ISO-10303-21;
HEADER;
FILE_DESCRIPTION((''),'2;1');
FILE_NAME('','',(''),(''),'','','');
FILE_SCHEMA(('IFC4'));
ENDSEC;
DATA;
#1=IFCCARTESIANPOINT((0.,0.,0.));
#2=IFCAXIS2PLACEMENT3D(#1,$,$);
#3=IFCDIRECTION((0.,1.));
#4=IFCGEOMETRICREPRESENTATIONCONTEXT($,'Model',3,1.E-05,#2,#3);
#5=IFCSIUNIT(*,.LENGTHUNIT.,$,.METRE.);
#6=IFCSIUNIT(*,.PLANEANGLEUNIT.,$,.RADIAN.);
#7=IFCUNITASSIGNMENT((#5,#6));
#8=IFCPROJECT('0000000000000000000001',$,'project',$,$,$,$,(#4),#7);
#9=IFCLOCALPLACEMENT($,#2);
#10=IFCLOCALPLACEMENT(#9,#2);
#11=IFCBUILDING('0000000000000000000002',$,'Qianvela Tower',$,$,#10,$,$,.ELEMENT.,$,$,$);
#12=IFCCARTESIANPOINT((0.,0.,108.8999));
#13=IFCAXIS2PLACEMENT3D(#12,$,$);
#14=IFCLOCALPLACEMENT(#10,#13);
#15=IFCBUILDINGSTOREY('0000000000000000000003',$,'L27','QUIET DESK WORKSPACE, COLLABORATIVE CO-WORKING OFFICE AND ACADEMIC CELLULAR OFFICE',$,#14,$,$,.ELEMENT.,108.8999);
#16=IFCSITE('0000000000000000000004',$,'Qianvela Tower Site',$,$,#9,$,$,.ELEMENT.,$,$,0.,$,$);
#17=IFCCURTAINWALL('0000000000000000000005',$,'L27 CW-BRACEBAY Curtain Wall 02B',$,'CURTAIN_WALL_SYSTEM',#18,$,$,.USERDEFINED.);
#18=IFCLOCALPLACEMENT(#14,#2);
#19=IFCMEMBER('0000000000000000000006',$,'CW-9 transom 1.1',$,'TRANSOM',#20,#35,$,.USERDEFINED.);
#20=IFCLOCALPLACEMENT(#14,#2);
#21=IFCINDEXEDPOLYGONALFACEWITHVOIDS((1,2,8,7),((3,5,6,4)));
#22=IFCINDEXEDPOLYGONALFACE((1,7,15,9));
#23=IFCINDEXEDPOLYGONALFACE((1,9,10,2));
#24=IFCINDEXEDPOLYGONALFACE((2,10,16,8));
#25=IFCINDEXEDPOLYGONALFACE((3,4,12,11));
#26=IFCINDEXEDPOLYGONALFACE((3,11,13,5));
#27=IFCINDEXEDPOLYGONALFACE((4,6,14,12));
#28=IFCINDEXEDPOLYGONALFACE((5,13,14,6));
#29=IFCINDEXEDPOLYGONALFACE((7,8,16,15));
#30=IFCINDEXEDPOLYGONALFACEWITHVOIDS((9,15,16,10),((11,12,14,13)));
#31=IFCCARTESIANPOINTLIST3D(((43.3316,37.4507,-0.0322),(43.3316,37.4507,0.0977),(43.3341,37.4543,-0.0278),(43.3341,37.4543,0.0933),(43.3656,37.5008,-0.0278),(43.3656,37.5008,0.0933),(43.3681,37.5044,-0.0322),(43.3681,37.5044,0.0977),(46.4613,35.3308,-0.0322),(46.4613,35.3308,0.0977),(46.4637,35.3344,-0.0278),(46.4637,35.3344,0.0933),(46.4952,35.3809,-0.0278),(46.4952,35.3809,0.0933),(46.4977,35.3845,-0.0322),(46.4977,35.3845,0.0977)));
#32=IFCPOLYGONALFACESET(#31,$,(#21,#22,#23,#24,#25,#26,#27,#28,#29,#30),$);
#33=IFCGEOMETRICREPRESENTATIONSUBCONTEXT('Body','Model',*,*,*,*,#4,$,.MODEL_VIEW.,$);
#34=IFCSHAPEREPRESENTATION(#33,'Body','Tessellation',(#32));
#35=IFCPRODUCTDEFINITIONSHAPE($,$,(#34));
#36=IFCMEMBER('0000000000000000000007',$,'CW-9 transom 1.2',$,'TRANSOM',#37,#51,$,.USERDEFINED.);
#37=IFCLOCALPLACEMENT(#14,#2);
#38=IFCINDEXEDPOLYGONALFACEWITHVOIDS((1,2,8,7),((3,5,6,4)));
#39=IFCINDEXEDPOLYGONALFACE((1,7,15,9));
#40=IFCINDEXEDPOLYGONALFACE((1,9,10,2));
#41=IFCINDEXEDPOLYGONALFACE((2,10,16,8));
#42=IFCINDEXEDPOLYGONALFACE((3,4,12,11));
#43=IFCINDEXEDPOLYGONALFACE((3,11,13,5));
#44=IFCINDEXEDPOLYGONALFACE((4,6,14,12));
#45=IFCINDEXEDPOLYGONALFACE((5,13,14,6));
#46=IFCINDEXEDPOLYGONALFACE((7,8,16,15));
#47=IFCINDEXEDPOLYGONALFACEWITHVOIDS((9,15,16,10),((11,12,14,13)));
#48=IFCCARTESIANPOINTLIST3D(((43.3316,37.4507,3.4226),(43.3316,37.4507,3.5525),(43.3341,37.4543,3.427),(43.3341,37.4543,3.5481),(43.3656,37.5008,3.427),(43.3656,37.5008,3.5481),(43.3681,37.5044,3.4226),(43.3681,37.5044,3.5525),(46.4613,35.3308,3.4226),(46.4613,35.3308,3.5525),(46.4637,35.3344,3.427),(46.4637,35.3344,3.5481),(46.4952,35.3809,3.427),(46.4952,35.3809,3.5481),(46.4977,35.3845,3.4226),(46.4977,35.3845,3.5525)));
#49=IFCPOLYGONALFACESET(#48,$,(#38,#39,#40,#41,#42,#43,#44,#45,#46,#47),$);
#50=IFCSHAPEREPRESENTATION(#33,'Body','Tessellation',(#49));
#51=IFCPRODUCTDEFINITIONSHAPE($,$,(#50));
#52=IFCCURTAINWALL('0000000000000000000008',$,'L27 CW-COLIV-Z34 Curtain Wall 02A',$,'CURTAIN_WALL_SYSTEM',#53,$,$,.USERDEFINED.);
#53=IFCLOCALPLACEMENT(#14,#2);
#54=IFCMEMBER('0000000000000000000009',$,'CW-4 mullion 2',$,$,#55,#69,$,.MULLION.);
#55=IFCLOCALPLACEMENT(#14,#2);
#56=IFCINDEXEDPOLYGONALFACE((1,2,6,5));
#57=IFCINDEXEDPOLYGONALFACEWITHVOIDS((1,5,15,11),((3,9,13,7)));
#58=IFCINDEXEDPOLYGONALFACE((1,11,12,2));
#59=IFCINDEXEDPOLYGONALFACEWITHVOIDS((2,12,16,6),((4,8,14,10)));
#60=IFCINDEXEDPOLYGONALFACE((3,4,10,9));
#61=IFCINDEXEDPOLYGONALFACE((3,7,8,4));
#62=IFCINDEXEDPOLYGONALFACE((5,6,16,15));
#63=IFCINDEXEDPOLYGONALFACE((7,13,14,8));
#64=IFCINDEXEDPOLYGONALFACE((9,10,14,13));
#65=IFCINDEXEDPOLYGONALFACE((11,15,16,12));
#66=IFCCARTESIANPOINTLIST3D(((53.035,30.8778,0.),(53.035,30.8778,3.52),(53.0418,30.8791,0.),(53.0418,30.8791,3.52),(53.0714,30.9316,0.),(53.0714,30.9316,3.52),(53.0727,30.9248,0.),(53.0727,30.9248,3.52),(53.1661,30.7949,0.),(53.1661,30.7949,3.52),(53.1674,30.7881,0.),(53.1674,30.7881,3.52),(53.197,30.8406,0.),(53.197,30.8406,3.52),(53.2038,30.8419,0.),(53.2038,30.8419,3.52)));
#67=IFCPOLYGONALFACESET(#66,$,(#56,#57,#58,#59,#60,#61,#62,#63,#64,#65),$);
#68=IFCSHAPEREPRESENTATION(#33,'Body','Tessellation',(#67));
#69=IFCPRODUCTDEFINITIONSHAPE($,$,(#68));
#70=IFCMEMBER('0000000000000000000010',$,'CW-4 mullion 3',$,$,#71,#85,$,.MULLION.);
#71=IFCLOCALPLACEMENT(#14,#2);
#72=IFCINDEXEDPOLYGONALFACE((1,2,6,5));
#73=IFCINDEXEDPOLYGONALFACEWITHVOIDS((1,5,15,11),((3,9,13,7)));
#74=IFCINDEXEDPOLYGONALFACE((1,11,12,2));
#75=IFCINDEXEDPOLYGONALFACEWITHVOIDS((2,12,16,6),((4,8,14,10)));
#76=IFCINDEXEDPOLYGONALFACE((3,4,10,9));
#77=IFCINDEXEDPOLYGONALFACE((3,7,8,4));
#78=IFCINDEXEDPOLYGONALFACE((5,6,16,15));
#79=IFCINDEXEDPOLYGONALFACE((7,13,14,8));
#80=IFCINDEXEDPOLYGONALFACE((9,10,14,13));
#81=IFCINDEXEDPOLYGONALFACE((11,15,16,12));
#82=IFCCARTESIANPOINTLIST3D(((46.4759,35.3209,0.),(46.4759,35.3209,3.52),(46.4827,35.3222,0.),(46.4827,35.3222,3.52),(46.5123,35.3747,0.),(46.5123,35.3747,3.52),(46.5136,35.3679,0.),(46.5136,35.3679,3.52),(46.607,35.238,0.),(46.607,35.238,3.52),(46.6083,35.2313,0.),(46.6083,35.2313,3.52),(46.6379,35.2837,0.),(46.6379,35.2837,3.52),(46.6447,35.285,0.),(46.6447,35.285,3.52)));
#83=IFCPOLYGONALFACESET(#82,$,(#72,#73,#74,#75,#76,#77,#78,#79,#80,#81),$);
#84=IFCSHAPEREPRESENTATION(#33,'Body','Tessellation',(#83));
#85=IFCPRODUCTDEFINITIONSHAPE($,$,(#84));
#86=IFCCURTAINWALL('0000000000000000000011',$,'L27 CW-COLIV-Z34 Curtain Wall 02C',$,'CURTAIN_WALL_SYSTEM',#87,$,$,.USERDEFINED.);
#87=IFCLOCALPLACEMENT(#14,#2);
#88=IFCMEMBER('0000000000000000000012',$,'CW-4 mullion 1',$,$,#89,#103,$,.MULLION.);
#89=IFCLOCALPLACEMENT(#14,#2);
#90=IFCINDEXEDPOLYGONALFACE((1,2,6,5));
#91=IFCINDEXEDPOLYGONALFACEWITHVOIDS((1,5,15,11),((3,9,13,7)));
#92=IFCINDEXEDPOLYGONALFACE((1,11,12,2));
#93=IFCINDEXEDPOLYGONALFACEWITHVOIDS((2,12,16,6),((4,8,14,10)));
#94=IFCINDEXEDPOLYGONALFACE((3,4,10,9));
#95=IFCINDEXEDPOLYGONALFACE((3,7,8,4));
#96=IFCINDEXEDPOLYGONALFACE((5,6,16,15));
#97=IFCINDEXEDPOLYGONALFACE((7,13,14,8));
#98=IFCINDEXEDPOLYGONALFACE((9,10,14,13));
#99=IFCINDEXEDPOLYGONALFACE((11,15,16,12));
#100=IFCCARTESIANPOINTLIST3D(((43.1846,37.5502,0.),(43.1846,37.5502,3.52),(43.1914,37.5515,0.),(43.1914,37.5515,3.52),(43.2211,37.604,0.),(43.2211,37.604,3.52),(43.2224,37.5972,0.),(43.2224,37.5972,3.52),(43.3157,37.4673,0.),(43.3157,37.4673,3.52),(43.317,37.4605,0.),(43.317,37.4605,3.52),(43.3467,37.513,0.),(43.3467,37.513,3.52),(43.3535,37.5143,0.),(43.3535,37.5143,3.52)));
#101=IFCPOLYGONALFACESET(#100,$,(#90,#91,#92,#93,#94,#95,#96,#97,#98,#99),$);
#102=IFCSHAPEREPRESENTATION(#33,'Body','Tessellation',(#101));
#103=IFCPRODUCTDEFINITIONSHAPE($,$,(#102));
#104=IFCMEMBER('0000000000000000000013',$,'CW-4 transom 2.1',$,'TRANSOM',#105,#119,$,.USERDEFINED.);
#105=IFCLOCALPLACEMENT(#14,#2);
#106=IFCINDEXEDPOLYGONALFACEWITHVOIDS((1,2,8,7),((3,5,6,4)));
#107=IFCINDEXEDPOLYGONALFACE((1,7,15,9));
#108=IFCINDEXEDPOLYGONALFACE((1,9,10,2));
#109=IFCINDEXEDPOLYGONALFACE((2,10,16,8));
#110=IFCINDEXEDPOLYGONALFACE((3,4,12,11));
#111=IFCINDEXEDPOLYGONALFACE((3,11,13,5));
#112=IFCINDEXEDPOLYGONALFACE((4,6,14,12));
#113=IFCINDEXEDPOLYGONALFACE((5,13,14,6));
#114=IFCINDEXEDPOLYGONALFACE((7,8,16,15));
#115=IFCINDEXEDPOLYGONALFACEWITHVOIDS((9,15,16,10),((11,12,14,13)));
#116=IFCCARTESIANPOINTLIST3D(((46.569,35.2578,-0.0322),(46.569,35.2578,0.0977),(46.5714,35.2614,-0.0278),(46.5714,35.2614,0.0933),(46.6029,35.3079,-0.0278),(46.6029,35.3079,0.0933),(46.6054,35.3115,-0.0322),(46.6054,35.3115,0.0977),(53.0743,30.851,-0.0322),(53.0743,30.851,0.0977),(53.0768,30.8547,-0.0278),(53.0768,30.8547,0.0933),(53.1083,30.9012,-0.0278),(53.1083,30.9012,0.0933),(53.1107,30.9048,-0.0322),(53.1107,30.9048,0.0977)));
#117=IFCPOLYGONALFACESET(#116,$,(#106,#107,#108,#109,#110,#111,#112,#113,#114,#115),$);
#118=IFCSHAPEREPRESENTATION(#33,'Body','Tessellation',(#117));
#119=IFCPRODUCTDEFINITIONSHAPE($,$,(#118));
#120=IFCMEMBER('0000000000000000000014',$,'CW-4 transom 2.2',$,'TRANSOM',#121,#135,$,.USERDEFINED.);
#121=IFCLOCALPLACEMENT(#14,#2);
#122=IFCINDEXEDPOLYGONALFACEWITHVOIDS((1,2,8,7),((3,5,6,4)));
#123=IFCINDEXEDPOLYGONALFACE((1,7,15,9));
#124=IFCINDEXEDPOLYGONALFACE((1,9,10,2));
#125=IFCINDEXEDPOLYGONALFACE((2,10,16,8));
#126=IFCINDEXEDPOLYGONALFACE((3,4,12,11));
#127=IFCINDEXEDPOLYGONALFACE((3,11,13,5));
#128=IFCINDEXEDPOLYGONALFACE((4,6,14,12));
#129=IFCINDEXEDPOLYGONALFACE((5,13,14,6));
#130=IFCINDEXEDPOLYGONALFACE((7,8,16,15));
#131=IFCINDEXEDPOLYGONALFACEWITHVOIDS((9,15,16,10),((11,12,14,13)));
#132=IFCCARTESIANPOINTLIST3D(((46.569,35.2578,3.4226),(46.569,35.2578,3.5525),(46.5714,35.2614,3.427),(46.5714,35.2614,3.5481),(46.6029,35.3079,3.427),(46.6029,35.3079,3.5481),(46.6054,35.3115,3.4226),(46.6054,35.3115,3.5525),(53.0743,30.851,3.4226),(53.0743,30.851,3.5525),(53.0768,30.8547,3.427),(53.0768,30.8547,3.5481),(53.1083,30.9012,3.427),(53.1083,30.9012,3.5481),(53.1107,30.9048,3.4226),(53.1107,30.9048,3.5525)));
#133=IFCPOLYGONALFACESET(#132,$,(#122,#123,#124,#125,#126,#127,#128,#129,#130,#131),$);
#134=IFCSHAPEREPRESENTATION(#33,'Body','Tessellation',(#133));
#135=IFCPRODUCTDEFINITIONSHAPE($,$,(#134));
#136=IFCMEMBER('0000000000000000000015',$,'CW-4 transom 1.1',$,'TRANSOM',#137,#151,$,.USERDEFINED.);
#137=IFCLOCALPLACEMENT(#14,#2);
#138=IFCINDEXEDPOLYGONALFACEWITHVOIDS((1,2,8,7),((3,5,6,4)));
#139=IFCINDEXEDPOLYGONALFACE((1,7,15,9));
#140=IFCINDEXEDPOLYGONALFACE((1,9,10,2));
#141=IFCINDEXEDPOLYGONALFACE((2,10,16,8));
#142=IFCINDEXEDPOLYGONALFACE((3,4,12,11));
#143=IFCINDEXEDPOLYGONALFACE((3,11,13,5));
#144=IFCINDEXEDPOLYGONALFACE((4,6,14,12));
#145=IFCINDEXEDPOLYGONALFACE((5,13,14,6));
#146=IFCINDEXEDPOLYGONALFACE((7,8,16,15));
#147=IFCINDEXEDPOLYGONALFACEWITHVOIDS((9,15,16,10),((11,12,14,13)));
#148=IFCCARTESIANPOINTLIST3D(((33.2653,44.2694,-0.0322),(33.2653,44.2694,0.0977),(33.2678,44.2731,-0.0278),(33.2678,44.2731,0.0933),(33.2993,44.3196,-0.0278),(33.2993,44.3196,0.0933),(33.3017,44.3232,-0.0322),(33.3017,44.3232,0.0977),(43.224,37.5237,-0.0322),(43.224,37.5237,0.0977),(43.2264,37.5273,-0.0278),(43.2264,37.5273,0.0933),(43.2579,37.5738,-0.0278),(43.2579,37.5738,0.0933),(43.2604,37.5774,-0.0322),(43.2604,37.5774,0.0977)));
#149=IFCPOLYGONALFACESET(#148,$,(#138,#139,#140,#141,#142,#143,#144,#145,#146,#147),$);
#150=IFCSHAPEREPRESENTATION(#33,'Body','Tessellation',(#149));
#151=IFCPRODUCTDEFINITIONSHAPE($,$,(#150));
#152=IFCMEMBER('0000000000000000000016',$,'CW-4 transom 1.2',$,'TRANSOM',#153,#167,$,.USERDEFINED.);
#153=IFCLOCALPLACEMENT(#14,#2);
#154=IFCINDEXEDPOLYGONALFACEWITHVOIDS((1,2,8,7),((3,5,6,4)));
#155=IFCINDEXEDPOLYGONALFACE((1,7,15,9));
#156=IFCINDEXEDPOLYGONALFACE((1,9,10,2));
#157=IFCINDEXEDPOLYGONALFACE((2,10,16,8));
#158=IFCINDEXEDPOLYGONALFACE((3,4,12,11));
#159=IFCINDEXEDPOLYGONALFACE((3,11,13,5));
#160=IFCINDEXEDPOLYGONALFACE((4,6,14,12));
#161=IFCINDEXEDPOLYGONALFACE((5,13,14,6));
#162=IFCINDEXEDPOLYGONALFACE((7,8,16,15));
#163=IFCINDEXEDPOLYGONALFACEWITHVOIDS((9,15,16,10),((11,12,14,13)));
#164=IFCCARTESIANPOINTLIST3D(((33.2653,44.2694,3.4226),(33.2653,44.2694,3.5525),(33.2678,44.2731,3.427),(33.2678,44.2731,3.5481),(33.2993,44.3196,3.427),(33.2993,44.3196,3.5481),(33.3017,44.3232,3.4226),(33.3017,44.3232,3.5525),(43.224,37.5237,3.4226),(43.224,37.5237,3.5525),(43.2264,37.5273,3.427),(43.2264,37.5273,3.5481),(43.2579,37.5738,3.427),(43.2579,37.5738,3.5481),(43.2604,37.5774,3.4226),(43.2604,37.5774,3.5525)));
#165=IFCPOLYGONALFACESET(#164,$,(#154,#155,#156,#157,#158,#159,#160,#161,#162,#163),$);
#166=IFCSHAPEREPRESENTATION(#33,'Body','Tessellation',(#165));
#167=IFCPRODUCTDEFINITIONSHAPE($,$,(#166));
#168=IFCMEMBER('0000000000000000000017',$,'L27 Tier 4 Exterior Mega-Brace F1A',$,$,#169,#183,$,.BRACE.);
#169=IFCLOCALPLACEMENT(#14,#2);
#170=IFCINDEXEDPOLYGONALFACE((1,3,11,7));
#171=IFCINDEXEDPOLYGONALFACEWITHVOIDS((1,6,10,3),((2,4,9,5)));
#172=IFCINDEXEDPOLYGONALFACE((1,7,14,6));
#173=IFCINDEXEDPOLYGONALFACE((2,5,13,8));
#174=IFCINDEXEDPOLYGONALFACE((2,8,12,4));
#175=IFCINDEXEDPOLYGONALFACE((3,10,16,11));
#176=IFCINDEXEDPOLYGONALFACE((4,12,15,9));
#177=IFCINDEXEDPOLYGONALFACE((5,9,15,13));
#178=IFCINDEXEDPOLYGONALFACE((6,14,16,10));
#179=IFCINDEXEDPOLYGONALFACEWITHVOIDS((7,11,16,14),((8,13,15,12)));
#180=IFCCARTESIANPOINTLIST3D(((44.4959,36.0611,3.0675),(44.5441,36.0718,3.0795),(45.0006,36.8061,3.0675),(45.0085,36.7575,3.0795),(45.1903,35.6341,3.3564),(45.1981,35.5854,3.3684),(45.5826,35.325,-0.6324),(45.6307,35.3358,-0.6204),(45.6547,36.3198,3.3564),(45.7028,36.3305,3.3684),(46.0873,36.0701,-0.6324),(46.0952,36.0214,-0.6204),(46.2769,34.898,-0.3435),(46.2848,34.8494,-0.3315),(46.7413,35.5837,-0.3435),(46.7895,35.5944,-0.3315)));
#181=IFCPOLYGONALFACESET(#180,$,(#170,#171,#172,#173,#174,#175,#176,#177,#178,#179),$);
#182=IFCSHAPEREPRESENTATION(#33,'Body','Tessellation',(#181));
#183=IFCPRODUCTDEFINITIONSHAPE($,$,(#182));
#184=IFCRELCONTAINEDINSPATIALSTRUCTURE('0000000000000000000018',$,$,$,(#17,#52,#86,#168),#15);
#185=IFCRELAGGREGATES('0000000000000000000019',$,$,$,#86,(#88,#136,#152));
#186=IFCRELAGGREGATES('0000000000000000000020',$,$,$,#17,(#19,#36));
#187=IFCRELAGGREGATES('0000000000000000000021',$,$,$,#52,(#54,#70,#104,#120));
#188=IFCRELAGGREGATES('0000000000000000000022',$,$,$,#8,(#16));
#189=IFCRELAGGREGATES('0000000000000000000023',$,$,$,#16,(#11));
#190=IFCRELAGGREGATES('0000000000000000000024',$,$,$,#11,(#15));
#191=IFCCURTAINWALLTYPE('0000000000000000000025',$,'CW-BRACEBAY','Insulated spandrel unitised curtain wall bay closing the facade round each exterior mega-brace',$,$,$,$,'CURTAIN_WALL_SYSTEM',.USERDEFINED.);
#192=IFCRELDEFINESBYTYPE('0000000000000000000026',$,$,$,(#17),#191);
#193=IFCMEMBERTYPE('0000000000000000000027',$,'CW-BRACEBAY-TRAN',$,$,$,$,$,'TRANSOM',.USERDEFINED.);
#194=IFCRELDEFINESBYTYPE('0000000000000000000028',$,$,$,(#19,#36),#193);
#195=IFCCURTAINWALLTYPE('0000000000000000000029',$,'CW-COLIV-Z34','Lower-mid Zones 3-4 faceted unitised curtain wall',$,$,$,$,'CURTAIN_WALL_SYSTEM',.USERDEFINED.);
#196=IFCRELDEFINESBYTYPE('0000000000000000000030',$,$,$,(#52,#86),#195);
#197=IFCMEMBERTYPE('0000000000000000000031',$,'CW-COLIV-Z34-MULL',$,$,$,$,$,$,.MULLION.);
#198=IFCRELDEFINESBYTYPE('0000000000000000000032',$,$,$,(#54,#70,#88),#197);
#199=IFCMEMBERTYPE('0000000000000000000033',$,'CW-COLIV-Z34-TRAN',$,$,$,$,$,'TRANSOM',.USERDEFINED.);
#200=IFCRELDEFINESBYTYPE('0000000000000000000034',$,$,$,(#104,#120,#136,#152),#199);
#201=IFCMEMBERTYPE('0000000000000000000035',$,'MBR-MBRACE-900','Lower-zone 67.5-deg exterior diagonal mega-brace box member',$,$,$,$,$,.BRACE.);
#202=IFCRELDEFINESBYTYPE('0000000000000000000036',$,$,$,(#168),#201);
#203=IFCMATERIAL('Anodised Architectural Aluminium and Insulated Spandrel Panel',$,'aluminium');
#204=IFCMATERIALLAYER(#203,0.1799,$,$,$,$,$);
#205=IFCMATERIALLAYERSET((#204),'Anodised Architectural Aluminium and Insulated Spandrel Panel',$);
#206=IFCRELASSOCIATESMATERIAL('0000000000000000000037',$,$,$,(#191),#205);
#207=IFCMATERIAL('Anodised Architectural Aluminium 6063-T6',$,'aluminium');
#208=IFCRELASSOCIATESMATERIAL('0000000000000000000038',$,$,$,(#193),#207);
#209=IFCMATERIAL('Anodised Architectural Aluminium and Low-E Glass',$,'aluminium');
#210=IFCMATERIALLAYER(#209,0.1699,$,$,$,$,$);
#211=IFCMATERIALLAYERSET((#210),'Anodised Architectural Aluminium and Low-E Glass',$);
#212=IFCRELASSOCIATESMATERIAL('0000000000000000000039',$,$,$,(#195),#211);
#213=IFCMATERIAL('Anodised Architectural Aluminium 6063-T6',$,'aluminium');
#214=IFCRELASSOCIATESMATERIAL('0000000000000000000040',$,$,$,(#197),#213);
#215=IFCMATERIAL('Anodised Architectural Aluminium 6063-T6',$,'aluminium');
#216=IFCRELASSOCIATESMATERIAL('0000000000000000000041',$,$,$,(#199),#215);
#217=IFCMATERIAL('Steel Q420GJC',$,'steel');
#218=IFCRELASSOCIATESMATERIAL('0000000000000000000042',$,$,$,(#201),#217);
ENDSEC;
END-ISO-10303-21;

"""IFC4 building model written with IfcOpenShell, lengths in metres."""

from ifc_helpers import new_model, si_unit, direction, frame, origin, origin_2d, place, context, subcontext, project, spatial, hollow_rectangle, extrude, material, layer, layer_set, material_profile, profile_set, type_object, element, aggregate, save


model = new_model("IFC4")

# Units and contexts
model_context = context("Model", 3, precision=1e-05, world=origin(), true_north=direction((0.0, 1.0)))
body_context = subcontext(model_context, "Body", "Model", "MODEL_VIEW")
ifc_project = project(units=[si_unit("LENGTHUNIT", "METRE"), si_unit("PLANEANGLEUNIT", "RADIAN")], contexts=[model_context])

# Site, building, storey
site_placement = place(None, origin())
site = spatial("IfcSite", under=ifc_project, at=site_placement, Name="Qianvela Tower Site", CompositionType="ELEMENT", RefElevation=0.0)
building_placement = place(site_placement, origin())
building = spatial("IfcBuilding", under=site, at=building_placement, Name="Qianvela Tower", CompositionType="ELEMENT")
storey_placement = place(building_placement, frame((0.0, 0.0, 108.8999)))
storey = spatial("IfcBuildingStorey", under=building, at=storey_placement, Name="L27", Description="QUIET DESK WORKSPACE, COLLABORATIVE CO-WORKING OFFICE AND ACADEMIC CELLULAR OFFICE", CompositionType="ELEMENT", Elevation=108.8999)

# Curtain walls, members
ifc_material_1 = material(Name="Anodised Architectural Aluminium and Insulated Spandrel Panel", Category="aluminium")
ifc_layer_1 = layer(ifc_material_1, 0.1799)
ifc_layer_set_1 = layer_set([ifc_layer_1], Name="Anodised Architectural Aluminium and Insulated Spandrel Panel")
curtain_wall_type_1 = type_object("IfcCurtainWallType", Name="CW-BRACEBAY", Description="Insulated spandrel unitised curtain wall bay closing the facade round each exterior mega-brace", ElementType="CURTAIN_WALL_SYSTEM", PredefinedType="USERDEFINED", material=ifc_layer_set_1)
curtain_wall_1_placement = place(storey_placement, origin())
curtain_wall_1 = element("IfcCurtainWall", 1, at=curtain_wall_1_placement, inside=storey, type_object=curtain_wall_type_1, Name="L27 CW-BRACEBAY Curtain Wall 02B", ObjectType="CURTAIN_WALL_SYSTEM", PredefinedType="USERDEFINED")
ifc_material_2 = material(Name="Anodised Architectural Aluminium 6063-T6", Category="aluminium")
ifc_material_profile_1 = material_profile(ifc_material_2, hollow_rectangle(XDim=0.0649, YDim=0.1299, WallThickness=0.0044, at=origin_2d()), Name="ALU-TRAN-65x130")
ifc_profile_set_1 = profile_set([ifc_material_profile_1], Name="Anodised Architectural Aluminium 6063-T6")
member_type_1 = type_object("IfcMemberType", Name="CW-BRACEBAY-TRAN", ElementType="TRANSOM", PredefinedType="USERDEFINED", material=ifc_profile_set_1)
member_1_placement = place(storey_placement, frame((46.4795, 35.3577, 0.0327), z_axis=(-0.827944, 0.560811, 0.0), x_axis=(-0.560811, -0.827944, 0.0)))
member_1 = element("IfcMember", 2, at=member_1_placement, type_object=member_type_1, Name="CW-9 transom 1.1", ObjectType="TRANSOM", PredefinedType="USERDEFINED", context=body_context, shape_type="SweptSolid", body=[
    extrude(hollow_rectangle(XDim=0.0649, YDim=0.1299, WallThickness=0.0044, at=origin_2d()), origin(), (0.0, 0.0, 1.0), 3.78),
])
member_2_placement = place(storey_placement, frame((46.4795, 35.3577, 3.4875), z_axis=(-0.827944, 0.560811, 0.0), x_axis=(-0.560811, -0.827944, 0.0)))
member_2 = element("IfcMember", 3, at=member_2_placement, type_object=member_type_1, Name="CW-9 transom 1.2", ObjectType="TRANSOM", PredefinedType="USERDEFINED", context=body_context, shape_type="SweptSolid", body=[
    extrude(hollow_rectangle(XDim=0.0649, YDim=0.1299, WallThickness=0.0044, at=origin_2d()), origin(), (0.0, 0.0, 1.0), 3.78),
])
ifc_material_3 = material(Name="Anodised Architectural Aluminium and Low-E Glass", Category="aluminium")
ifc_layer_2 = layer(ifc_material_3, 0.1699)
ifc_layer_set_2 = layer_set([ifc_layer_2], Name="Anodised Architectural Aluminium and Low-E Glass")
curtain_wall_type_2 = type_object("IfcCurtainWallType", Name="CW-COLIV-Z34", Description="Lower-mid Zones 3-4 faceted unitised curtain wall", ElementType="CURTAIN_WALL_SYSTEM", PredefinedType="USERDEFINED", material=ifc_layer_set_2)
curtain_wall_2_placement = place(storey_placement, origin())
curtain_wall_2 = element("IfcCurtainWall", 4, at=curtain_wall_2_placement, inside=storey, type_object=curtain_wall_type_2, Name="L27 CW-COLIV-Z34 Curtain Wall 02A", ObjectType="CURTAIN_WALL_SYSTEM", PredefinedType="USERDEFINED")
ifc_material_4 = material(Name="Anodised Architectural Aluminium 6063-T6", Category="aluminium")
ifc_material_profile_2 = material_profile(ifc_material_4, hollow_rectangle(XDim=0.0649, YDim=0.1599, WallThickness=0.0049, at=origin_2d()), Name="ALU-MULL-65x160")
ifc_profile_set_2 = profile_set([ifc_material_profile_2], Name="Anodised Architectural Aluminium 6063-T6")
member_type_2 = type_object("IfcMemberType", Name="CW-COLIV-Z34-MULL", PredefinedType="MULLION", material=ifc_profile_set_2)
member_3_placement = place(storey_placement, frame((53.1194, 30.8599, 0.0), z_axis=(0.0, 0.0, 1.0), x_axis=(-0.560829, -0.827931, 0.0)))
member_3 = element("IfcMember", 5, at=member_3_placement, type_object=member_type_2, Name="CW-4 mullion 2", PredefinedType="MULLION", context=body_context, shape_type="SweptSolid", body=[
    extrude(hollow_rectangle(XDim=0.0649, YDim=0.1599, WallThickness=0.0049, at=origin_2d()), origin(), (0.0, 0.0, 1.0), 3.52),
])
member_4_placement = place(storey_placement, frame((46.5603, 35.303, 0.0), z_axis=(0.0, 0.0, 1.0), x_axis=(-0.560829, -0.827931, 0.0)))
member_4 = element("IfcMember", 6, at=member_4_placement, type_object=member_type_2, Name="CW-4 mullion 3", PredefinedType="MULLION", context=body_context, shape_type="SweptSolid", body=[
    extrude(hollow_rectangle(XDim=0.0649, YDim=0.1599, WallThickness=0.0049, at=origin_2d()), origin(), (0.0, 0.0, 1.0), 3.52),
])

# Curtain wall, member
curtain_wall_3_placement = place(storey_placement, origin())
curtain_wall_3 = element("IfcCurtainWall", 7, at=curtain_wall_3_placement, inside=storey, type_object=curtain_wall_type_2, Name="L27 CW-COLIV-Z34 Curtain Wall 02C", ObjectType="CURTAIN_WALL_SYSTEM", PredefinedType="USERDEFINED")
member_5_placement = place(storey_placement, frame((43.269, 37.5322, 0.0), z_axis=(0.0, 0.0, 1.0), x_axis=(-0.560827, -0.827933, 0.0)))
member_5 = element("IfcMember", 8, at=member_5_placement, type_object=member_type_2, Name="CW-4 mullion 1", PredefinedType="MULLION", context=body_context, shape_type="SweptSolid", body=[
    extrude(hollow_rectangle(XDim=0.0649, YDim=0.1599, WallThickness=0.0049, at=origin_2d()), origin(), (0.0, 0.0, 1.0), 3.52),
])

# Members
ifc_material_5 = material(Name="Anodised Architectural Aluminium 6063-T6", Category="aluminium")
ifc_material_profile_3 = material_profile(ifc_material_5, hollow_rectangle(XDim=0.0649, YDim=0.1299, WallThickness=0.0044, at=origin_2d()), Name="ALU-TRAN-65x130")
ifc_profile_set_3 = profile_set([ifc_material_profile_3], Name="Anodised Architectural Aluminium 6063-T6")
member_type_3 = type_object("IfcMemberType", Name="CW-COLIV-Z34-TRAN", ElementType="TRANSOM", PredefinedType="USERDEFINED", material=ifc_profile_set_3)
member_6_placement = place(storey_placement, frame((53.0925, 30.8779, 0.0327), z_axis=(-0.827926, 0.560837, 0.0), x_axis=(-0.560837, -0.827926, 0.0)))
member_6 = element("IfcMember", 9, at=member_6_placement, type_object=member_type_3, Name="CW-4 transom 2.1", ObjectType="TRANSOM", PredefinedType="USERDEFINED", context=body_context, shape_type="SweptSolid", body=[
    extrude(hollow_rectangle(XDim=0.0649, YDim=0.1299, WallThickness=0.0044, at=origin_2d()), origin(), (0.0, 0.0, 1.0), 7.8574),
])
member_7_placement = place(storey_placement, frame((53.0925, 30.8779, 3.4875), z_axis=(-0.827926, 0.560837, 0.0), x_axis=(-0.560837, -0.827926, 0.0)))
member_7 = element("IfcMember", 10, at=member_7_placement, type_object=member_type_3, Name="CW-4 transom 2.2", ObjectType="TRANSOM", PredefinedType="USERDEFINED", context=body_context, shape_type="SweptSolid", body=[
    extrude(hollow_rectangle(XDim=0.0649, YDim=0.1299, WallThickness=0.0044, at=origin_2d()), origin(), (0.0, 0.0, 1.0), 7.8574),
])
member_8_placement = place(storey_placement, frame((43.2422, 37.5505, 0.0327), z_axis=(-0.827934, 0.560826, 0.0), x_axis=(-0.560826, -0.827934, 0.0)))
member_8 = element("IfcMember", 11, at=member_8_placement, type_object=member_type_3, Name="CW-4 transom 1.1", ObjectType="TRANSOM", PredefinedType="USERDEFINED", context=body_context, shape_type="SweptSolid", body=[
    extrude(hollow_rectangle(XDim=0.0649, YDim=0.1299, WallThickness=0.0044, at=origin_2d()), origin(), (0.0, 0.0, 1.0), 12.0283),
])
member_9_placement = place(storey_placement, frame((43.2422, 37.5505, 3.4875), z_axis=(-0.827934, 0.560826, 0.0), x_axis=(-0.560826, -0.827934, 0.0)))
member_9 = element("IfcMember", 12, at=member_9_placement, type_object=member_type_3, Name="CW-4 transom 1.2", ObjectType="TRANSOM", PredefinedType="USERDEFINED", context=body_context, shape_type="SweptSolid", body=[
    extrude(hollow_rectangle(XDim=0.0649, YDim=0.1299, WallThickness=0.0044, at=origin_2d()), origin(), (0.0, 0.0, 1.0), 12.0283),
])
aggregate(curtain_wall_3, [member_5, member_8, member_9])

# Member
ifc_material_6 = material(Name="Steel Q420GJC", Category="steel")
ifc_material_profile_4 = material_profile(ifc_material_6, hollow_rectangle(XDim=0.8999, YDim=0.8999, WallThickness=0.0359, at=origin_2d()), Name="MBOX-900x900x36")
ifc_profile_set_4 = profile_set([ifc_material_profile_4], Name="Steel Q420GJC")
member_type_4 = type_object("IfcMemberType", Name="MBR-MBRACE-900", Description="Lower-zone 67.5-deg exterior diagonal mega-brace box member", PredefinedType="BRACE", material=ifc_profile_set_4)
member_10_placement = place(storey_placement, frame((46.186, 35.4597, -0.4819), z_axis=(-0.276799, 0.187497, 0.942458), x_axis=(-0.560823, -0.827935, 0.0)))
element("IfcMember", 13, at=member_10_placement, inside=storey, type_object=member_type_4, Name="L27 Tier 4 Exterior Mega-Brace F1A", PredefinedType="BRACE", context=body_context, shape_type="SweptSolid", body=[
    extrude(hollow_rectangle(XDim=0.8999, YDim=0.8999, WallThickness=0.0359, at=origin_2d()), origin(), (0.0, 0.0, 1.0), 3.9258),
])

aggregate(curtain_wall_1, [member_1, member_2])
aggregate(curtain_wall_2, [member_3, member_4, member_6, member_7])

save(model, "model.ifc")
